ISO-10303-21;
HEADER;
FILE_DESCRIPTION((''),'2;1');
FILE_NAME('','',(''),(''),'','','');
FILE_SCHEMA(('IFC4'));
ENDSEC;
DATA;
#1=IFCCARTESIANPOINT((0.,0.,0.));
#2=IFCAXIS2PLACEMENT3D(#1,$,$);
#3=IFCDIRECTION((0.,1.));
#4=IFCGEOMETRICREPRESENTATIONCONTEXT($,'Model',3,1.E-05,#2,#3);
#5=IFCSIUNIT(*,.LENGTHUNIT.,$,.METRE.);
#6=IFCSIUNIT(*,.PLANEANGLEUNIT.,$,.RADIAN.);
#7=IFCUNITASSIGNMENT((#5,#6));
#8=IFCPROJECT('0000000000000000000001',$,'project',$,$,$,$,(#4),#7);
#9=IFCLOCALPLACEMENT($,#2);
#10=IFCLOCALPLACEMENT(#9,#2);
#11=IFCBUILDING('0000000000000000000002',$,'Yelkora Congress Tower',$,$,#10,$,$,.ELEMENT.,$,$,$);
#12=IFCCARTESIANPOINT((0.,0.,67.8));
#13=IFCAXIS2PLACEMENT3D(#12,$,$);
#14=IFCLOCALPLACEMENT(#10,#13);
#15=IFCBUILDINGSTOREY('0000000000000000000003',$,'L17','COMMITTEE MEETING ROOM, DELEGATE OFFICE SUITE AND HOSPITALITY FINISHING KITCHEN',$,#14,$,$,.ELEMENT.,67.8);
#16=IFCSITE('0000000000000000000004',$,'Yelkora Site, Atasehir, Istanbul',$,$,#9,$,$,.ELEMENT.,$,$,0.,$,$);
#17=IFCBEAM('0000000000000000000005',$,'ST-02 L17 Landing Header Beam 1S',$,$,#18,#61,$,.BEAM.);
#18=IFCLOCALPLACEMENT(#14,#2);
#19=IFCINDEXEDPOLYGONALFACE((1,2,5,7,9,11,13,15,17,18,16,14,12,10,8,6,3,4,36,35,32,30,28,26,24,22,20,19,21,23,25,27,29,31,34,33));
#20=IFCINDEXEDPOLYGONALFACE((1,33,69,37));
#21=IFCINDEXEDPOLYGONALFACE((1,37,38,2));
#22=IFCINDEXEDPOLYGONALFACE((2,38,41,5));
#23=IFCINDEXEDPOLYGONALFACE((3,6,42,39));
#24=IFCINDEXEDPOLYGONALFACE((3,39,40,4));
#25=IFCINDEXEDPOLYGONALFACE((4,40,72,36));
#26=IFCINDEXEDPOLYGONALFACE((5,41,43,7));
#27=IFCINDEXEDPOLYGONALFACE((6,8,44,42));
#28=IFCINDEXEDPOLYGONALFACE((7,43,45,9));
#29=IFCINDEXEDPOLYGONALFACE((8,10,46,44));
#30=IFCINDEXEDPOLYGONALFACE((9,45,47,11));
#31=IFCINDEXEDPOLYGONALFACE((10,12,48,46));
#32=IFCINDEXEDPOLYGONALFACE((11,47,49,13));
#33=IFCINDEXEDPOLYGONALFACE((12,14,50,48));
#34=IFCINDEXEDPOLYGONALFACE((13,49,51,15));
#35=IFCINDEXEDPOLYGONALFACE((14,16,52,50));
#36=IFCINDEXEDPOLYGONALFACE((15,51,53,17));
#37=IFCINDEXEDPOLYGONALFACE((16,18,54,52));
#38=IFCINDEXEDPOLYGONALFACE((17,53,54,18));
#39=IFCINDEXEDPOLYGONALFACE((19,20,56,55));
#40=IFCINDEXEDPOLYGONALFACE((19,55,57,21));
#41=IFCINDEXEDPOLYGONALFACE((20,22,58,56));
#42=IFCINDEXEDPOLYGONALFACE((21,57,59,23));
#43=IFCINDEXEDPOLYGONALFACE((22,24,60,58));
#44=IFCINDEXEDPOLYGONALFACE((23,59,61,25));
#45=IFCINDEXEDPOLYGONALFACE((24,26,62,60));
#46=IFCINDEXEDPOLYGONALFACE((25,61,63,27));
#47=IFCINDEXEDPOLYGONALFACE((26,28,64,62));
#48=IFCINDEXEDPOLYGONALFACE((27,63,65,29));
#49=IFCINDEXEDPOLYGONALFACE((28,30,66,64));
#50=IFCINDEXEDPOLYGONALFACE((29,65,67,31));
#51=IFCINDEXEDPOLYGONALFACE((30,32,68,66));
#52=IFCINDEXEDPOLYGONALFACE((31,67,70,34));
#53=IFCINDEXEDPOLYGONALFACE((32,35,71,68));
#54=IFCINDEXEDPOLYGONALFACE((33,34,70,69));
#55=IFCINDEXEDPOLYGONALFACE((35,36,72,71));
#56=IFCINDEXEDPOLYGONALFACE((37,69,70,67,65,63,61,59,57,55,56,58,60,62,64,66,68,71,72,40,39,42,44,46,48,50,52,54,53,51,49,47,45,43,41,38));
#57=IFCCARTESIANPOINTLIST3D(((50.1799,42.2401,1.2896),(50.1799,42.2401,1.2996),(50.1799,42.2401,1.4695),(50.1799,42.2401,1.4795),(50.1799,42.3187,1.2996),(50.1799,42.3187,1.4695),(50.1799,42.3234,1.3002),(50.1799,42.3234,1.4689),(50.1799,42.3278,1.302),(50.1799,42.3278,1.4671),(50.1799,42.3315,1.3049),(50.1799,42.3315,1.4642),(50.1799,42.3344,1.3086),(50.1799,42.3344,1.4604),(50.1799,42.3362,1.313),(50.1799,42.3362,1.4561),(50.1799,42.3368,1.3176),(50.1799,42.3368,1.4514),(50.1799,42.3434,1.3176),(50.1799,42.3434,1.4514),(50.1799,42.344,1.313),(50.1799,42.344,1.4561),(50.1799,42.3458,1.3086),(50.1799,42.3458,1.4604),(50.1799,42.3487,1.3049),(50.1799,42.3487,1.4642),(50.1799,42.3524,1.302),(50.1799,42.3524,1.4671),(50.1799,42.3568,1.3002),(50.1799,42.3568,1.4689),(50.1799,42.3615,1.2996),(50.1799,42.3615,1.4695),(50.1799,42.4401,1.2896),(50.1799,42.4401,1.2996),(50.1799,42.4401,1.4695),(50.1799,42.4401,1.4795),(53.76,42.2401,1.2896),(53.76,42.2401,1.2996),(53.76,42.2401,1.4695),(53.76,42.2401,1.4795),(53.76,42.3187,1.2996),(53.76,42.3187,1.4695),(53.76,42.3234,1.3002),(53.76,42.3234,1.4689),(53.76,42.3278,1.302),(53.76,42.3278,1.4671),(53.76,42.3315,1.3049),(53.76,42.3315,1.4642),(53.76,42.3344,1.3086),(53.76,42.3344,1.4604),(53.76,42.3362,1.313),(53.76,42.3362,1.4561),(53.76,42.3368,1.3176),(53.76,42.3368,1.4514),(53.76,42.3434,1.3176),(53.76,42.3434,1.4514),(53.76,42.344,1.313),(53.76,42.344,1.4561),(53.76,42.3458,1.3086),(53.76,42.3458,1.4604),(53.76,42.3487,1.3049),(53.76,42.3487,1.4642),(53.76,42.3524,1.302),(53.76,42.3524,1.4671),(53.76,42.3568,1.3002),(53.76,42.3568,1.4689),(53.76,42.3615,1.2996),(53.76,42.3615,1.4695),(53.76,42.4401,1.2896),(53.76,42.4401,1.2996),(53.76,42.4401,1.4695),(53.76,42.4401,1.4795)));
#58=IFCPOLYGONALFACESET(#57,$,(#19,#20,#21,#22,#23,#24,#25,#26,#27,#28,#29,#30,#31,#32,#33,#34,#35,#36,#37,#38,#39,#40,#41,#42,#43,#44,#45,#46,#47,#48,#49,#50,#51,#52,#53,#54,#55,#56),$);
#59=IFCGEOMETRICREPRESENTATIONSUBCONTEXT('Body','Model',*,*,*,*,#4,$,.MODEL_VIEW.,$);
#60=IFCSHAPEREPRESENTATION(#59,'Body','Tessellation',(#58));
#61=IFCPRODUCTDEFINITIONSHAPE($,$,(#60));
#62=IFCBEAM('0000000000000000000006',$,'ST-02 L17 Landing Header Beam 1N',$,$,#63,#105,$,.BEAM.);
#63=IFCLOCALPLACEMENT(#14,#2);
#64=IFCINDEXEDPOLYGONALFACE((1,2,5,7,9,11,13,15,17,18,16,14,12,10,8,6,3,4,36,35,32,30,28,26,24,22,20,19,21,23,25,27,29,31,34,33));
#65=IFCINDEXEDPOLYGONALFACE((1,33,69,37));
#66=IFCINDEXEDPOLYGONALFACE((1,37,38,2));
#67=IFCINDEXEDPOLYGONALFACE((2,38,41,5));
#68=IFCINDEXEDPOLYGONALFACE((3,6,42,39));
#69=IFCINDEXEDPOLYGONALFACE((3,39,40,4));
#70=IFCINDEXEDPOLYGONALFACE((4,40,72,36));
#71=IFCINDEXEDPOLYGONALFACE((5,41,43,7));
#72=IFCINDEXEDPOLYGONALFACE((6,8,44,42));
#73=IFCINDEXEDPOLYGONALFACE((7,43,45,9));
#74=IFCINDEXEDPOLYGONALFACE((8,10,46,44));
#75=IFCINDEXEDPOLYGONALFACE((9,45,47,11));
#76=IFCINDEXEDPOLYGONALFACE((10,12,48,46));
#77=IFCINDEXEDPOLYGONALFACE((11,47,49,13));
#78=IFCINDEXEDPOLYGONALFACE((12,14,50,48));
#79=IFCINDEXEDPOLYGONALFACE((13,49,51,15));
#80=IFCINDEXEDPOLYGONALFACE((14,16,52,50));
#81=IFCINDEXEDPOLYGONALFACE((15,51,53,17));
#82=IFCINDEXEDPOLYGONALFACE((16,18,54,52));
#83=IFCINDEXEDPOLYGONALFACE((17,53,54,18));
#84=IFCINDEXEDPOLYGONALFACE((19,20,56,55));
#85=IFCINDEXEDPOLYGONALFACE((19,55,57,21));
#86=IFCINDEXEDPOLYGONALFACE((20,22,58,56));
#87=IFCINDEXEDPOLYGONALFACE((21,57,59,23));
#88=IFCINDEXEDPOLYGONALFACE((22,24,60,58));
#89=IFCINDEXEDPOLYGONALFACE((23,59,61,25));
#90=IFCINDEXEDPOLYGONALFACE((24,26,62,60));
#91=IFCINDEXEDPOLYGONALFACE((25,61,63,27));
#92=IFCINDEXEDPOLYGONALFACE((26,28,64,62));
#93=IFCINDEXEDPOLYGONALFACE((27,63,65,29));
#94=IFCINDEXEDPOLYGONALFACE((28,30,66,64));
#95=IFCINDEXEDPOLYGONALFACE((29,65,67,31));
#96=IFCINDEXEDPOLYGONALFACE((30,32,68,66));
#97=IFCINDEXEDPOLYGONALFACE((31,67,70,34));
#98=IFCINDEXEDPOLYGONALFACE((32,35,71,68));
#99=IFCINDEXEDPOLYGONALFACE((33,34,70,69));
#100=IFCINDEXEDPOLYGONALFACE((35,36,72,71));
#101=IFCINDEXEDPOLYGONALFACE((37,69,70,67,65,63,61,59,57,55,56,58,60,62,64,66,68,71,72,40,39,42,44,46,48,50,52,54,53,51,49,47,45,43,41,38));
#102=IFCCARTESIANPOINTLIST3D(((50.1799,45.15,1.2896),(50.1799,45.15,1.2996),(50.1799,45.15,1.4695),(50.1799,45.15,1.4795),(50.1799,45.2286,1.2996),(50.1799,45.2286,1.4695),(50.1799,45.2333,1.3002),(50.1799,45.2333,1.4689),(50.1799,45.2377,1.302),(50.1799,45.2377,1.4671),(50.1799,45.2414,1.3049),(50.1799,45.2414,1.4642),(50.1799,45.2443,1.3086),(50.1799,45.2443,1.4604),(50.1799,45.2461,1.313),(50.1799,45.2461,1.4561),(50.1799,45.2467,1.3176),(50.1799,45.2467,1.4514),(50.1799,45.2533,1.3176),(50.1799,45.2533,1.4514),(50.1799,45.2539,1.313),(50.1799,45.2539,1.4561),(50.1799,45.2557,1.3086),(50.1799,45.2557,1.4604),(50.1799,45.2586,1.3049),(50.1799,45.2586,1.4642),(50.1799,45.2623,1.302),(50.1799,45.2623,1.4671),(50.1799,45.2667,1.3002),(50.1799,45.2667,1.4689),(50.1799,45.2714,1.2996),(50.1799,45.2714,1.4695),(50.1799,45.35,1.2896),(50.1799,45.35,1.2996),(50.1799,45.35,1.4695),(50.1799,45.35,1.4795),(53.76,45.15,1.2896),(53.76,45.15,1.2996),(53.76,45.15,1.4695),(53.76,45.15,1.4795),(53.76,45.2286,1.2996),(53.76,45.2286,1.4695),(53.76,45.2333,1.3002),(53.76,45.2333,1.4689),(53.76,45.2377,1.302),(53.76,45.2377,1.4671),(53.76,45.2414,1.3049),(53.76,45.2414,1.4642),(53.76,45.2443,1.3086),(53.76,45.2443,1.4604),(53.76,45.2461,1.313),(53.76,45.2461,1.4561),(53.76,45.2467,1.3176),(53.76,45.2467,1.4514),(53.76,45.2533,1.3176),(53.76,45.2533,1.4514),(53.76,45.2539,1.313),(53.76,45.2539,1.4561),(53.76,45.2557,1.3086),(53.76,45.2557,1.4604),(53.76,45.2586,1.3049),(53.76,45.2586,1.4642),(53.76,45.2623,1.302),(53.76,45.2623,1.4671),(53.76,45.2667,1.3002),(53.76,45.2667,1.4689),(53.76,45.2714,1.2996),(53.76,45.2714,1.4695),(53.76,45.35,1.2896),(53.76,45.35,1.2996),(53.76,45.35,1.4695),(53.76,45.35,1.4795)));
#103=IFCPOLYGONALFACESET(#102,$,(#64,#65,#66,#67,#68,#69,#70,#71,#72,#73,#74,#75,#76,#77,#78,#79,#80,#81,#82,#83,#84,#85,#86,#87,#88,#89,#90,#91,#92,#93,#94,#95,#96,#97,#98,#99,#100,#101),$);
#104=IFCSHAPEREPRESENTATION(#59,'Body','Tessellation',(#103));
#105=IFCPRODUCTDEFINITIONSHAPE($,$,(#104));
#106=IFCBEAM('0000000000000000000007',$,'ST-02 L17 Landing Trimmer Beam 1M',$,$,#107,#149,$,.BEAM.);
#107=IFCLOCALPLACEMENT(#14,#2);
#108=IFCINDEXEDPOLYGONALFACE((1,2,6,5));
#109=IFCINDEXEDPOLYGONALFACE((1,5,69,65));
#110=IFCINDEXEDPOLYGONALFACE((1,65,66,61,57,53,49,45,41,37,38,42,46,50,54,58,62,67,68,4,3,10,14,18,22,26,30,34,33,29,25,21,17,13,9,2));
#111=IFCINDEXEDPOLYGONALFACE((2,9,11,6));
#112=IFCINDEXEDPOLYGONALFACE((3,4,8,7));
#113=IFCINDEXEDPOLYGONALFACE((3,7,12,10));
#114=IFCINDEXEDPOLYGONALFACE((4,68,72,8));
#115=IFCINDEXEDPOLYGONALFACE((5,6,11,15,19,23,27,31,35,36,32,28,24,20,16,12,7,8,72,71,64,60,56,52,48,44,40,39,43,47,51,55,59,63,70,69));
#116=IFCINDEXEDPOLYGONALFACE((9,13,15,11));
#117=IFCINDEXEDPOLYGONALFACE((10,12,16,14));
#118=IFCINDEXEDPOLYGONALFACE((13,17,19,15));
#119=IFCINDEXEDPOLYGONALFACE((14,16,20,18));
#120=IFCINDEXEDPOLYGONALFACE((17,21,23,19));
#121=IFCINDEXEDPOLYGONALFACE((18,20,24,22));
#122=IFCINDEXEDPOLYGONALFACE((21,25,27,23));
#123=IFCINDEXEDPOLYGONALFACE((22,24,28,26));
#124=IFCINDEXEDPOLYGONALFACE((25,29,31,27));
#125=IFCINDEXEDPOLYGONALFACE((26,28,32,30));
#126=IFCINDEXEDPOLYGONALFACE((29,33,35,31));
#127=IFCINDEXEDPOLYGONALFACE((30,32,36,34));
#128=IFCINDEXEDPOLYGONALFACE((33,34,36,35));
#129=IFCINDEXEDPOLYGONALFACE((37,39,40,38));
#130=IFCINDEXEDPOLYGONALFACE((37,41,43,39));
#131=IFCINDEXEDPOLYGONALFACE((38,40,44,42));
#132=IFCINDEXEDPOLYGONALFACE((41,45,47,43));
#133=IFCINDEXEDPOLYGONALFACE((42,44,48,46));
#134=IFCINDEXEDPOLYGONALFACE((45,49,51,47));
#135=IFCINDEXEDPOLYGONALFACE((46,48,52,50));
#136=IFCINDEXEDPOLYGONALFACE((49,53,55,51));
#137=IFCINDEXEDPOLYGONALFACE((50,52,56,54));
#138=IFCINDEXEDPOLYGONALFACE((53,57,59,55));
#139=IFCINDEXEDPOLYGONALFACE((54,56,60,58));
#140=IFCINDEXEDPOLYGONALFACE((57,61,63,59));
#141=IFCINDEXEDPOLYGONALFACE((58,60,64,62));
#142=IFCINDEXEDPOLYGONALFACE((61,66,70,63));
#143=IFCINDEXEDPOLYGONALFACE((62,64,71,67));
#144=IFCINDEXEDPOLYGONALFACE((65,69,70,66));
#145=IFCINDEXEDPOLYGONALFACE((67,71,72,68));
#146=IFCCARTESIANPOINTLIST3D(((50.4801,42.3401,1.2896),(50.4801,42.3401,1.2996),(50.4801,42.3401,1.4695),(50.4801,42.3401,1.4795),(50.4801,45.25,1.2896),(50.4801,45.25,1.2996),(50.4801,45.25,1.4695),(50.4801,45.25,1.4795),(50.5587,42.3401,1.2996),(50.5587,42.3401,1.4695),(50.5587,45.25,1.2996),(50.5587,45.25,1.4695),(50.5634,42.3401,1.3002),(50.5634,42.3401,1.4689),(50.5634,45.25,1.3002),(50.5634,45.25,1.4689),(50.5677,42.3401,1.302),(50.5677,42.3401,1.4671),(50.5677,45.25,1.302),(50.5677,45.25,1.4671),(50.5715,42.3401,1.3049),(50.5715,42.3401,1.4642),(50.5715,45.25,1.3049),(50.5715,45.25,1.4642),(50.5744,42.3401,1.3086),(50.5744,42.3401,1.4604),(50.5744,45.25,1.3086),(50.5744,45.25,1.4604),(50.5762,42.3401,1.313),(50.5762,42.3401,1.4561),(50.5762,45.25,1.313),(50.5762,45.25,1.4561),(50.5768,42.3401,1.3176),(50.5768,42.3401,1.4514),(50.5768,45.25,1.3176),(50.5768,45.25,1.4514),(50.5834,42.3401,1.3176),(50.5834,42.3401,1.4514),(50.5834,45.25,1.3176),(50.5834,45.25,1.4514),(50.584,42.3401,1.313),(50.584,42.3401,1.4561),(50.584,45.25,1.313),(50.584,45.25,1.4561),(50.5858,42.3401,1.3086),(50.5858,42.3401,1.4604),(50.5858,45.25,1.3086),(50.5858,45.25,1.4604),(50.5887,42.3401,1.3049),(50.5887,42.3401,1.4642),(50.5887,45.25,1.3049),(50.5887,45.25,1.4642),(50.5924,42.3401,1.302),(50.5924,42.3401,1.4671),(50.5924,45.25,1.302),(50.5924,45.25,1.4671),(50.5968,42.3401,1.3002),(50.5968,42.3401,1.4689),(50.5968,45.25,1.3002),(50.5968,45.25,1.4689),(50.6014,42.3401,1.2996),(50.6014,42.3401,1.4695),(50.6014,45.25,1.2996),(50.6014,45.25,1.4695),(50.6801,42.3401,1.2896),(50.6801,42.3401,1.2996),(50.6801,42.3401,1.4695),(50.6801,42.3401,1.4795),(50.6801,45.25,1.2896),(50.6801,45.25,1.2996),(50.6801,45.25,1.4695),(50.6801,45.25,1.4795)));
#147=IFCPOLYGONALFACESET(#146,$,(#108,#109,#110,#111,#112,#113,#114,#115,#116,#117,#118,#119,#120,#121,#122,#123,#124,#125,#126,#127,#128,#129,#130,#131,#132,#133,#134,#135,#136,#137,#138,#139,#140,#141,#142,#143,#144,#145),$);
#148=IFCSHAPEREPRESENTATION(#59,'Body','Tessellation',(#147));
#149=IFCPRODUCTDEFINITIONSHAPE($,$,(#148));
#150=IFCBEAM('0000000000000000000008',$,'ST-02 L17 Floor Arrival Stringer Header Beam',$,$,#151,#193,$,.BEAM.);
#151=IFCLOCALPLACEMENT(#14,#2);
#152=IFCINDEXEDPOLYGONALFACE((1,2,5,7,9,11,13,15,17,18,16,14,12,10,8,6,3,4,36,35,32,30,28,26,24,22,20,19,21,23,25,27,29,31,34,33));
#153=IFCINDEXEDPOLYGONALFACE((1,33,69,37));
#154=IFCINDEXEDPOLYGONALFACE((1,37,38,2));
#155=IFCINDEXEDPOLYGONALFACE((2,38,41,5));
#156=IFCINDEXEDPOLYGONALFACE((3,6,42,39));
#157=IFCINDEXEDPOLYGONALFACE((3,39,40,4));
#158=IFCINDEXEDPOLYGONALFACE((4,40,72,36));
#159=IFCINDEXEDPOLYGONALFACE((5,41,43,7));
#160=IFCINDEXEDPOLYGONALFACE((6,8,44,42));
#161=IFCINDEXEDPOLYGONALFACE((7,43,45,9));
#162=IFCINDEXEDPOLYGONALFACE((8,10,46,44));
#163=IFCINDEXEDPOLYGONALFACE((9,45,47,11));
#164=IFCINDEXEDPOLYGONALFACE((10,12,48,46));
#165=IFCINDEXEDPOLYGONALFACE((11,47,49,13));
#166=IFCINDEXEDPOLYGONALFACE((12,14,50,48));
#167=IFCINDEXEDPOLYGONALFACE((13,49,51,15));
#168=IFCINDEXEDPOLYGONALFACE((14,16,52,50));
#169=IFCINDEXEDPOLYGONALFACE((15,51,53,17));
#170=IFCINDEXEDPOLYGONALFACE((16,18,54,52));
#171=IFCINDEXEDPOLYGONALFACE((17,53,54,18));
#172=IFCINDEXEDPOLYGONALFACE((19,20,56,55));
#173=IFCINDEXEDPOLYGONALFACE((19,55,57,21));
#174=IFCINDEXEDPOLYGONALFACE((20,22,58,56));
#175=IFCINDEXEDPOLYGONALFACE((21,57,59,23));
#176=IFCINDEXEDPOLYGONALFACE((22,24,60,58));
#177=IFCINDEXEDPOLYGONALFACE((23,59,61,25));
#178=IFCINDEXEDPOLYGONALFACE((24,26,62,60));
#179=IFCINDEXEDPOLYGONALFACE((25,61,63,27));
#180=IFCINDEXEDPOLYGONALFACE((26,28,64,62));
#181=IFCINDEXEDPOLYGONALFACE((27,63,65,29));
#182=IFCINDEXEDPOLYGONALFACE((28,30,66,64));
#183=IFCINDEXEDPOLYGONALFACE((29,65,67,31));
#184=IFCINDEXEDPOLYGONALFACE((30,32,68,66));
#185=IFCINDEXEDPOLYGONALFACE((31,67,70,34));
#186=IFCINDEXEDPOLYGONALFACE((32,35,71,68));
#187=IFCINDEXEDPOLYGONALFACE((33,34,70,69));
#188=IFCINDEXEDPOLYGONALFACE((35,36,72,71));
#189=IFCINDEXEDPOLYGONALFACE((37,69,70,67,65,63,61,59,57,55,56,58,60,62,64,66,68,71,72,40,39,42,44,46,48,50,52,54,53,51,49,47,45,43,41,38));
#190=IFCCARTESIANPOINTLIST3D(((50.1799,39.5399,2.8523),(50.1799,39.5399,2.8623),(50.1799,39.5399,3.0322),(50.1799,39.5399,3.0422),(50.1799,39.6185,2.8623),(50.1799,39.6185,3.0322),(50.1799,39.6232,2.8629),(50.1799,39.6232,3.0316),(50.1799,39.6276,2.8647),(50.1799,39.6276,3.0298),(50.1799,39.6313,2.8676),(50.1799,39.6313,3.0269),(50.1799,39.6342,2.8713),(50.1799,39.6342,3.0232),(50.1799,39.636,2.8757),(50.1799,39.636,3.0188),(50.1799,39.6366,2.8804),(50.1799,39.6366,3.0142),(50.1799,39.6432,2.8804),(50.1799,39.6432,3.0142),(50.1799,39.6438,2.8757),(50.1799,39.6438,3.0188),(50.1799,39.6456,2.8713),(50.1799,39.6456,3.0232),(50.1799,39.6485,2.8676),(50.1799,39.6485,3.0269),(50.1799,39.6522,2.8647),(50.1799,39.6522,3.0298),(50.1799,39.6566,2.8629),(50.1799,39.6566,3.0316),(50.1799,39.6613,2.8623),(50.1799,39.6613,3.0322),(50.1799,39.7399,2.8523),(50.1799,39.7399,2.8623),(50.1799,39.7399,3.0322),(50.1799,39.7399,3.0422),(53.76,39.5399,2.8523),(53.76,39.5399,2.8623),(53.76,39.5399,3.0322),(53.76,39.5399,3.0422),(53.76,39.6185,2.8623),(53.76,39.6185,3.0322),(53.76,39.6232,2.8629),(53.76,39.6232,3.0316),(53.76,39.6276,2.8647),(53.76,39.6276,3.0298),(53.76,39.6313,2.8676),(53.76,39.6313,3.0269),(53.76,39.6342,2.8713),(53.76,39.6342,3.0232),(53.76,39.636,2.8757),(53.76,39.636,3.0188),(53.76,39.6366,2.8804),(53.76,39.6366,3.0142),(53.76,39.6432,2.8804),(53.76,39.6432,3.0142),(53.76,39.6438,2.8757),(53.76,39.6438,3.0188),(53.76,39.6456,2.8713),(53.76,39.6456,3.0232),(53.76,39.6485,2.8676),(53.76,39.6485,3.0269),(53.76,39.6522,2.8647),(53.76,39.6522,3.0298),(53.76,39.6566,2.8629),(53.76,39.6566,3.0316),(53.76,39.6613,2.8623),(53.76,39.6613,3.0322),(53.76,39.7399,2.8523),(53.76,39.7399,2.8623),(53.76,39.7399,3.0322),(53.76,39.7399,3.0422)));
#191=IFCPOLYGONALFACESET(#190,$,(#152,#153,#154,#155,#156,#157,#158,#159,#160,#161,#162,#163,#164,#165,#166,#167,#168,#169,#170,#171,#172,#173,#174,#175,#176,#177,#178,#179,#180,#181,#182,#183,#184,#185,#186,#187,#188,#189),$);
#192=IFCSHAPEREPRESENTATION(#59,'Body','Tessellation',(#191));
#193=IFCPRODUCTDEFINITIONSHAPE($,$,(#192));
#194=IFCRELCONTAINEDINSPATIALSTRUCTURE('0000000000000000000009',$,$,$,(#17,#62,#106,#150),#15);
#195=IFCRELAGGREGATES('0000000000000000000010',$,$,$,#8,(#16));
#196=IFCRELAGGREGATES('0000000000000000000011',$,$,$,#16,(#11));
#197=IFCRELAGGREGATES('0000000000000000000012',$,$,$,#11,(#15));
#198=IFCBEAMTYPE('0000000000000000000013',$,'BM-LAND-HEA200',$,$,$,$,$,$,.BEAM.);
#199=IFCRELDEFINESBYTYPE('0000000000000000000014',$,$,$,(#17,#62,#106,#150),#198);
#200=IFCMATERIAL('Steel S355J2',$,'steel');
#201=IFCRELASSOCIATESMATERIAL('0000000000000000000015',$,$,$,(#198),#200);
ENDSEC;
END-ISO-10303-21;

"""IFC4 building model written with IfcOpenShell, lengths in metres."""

from ifc_helpers import new_model, si_unit, direction, frame, origin, origin_2d, place, context, subcontext, project, spatial, i_section, extrude, material, material_profile, profile_set, type_object, element, save


model = new_model("IFC4")

# Units and contexts
model_context = context("Model", 3, precision=1e-05, world=origin(), true_north=direction((0.0, 1.0)))
body_context = subcontext(model_context, "Body", "Model", "MODEL_VIEW")
ifc_project = project(units=[si_unit("LENGTHUNIT", "METRE"), si_unit("PLANEANGLEUNIT", "RADIAN")], contexts=[model_context])

# Site, building, storey
site_placement = place(None, origin())
site = spatial("IfcSite", under=ifc_project, at=site_placement, Name="Yelkora Site, Atasehir, Istanbul", CompositionType="ELEMENT", RefElevation=0.0)
building_placement = place(site_placement, origin())
building = spatial("IfcBuilding", under=site, at=building_placement, Name="Yelkora Congress Tower", CompositionType="ELEMENT")
storey_placement = place(building_placement, frame((0.0, 0.0, 67.8)))
storey = spatial("IfcBuildingStorey", under=building, at=storey_placement, Name="L17", Description="COMMITTEE MEETING ROOM, DELEGATE OFFICE SUITE AND HOSPITALITY FINISHING KITCHEN", CompositionType="ELEMENT", Elevation=67.8)

# Beams
ifc_material_1 = material(Name="Steel S355J2", Category="steel")
ifc_material_profile = material_profile(ifc_material_1, i_section(OverallWidth=0.2, OverallDepth=0.1899, WebThickness=0.0066, FlangeThickness=0.01, FilletRadius=0.0181, at=origin_2d()), Name="HEA 200")
ifc_profile_set = profile_set([ifc_material_profile], Name="Steel S355J2")
beam_type = type_object("IfcBeamType", Name="BM-LAND-HEA200", PredefinedType="BEAM", material=ifc_profile_set)
for number, where, z_axis, x_axis, name in (
    (1, (50.1799, 42.3401, 1.3845), (1.0, 0.0, 0.0), (0.0, 1.0, 0.0), "ST-02 L17 Landing Header Beam 1S"),
    (2, (50.1799, 45.25, 1.3845), (1.0, 0.0, 0.0), (0.0, 1.0, 0.0), "ST-02 L17 Landing Header Beam 1N"),
):
    element("IfcBeam", number, at=place(storey_placement, frame(where, z_axis=z_axis, x_axis=x_axis)), inside=storey, type_object=beam_type, Name=name, PredefinedType="BEAM", context=body_context, shape_type="SweptSolid", body=[
        extrude(i_section(OverallWidth=0.2, OverallDepth=0.1899, WebThickness=0.0066, FlangeThickness=0.01, FilletRadius=0.0181, at=origin_2d()), origin(), (0.0, 0.0, 1.0), 3.5801),
    ])
beam_1_placement = place(storey_placement, frame((50.5801, 42.3401, 1.3845), z_axis=(0.0, 1.0, 0.0), x_axis=(-1.0, 0.0, 0.0)))
element("IfcBeam", 3, at=beam_1_placement, inside=storey, type_object=beam_type, Name="ST-02 L17 Landing Trimmer Beam 1M", PredefinedType="BEAM", context=body_context, shape_type="SweptSolid", body=[
    extrude(i_section(OverallWidth=0.2, OverallDepth=0.1899, WebThickness=0.0066, FlangeThickness=0.01, FilletRadius=0.0181, at=origin_2d()), origin(), (0.0, 0.0, 1.0), 2.9099),
])
beam_2_placement = place(storey_placement, frame((50.1799, 39.6399, 2.9473), z_axis=(1.0, 0.0, 0.0), x_axis=(0.0, 1.0, 0.0)))
element("IfcBeam", 4, at=beam_2_placement, inside=storey, type_object=beam_type, Name="ST-02 L17 Floor Arrival Stringer Header Beam", PredefinedType="BEAM", context=body_context, shape_type="SweptSolid", body=[
    extrude(i_section(OverallWidth=0.2, OverallDepth=0.1899, WebThickness=0.0066, FlangeThickness=0.01, FilletRadius=0.0181, at=origin_2d()), origin(), (0.0, 0.0, 1.0), 3.5801),
])

save(model, "model.ifc")
